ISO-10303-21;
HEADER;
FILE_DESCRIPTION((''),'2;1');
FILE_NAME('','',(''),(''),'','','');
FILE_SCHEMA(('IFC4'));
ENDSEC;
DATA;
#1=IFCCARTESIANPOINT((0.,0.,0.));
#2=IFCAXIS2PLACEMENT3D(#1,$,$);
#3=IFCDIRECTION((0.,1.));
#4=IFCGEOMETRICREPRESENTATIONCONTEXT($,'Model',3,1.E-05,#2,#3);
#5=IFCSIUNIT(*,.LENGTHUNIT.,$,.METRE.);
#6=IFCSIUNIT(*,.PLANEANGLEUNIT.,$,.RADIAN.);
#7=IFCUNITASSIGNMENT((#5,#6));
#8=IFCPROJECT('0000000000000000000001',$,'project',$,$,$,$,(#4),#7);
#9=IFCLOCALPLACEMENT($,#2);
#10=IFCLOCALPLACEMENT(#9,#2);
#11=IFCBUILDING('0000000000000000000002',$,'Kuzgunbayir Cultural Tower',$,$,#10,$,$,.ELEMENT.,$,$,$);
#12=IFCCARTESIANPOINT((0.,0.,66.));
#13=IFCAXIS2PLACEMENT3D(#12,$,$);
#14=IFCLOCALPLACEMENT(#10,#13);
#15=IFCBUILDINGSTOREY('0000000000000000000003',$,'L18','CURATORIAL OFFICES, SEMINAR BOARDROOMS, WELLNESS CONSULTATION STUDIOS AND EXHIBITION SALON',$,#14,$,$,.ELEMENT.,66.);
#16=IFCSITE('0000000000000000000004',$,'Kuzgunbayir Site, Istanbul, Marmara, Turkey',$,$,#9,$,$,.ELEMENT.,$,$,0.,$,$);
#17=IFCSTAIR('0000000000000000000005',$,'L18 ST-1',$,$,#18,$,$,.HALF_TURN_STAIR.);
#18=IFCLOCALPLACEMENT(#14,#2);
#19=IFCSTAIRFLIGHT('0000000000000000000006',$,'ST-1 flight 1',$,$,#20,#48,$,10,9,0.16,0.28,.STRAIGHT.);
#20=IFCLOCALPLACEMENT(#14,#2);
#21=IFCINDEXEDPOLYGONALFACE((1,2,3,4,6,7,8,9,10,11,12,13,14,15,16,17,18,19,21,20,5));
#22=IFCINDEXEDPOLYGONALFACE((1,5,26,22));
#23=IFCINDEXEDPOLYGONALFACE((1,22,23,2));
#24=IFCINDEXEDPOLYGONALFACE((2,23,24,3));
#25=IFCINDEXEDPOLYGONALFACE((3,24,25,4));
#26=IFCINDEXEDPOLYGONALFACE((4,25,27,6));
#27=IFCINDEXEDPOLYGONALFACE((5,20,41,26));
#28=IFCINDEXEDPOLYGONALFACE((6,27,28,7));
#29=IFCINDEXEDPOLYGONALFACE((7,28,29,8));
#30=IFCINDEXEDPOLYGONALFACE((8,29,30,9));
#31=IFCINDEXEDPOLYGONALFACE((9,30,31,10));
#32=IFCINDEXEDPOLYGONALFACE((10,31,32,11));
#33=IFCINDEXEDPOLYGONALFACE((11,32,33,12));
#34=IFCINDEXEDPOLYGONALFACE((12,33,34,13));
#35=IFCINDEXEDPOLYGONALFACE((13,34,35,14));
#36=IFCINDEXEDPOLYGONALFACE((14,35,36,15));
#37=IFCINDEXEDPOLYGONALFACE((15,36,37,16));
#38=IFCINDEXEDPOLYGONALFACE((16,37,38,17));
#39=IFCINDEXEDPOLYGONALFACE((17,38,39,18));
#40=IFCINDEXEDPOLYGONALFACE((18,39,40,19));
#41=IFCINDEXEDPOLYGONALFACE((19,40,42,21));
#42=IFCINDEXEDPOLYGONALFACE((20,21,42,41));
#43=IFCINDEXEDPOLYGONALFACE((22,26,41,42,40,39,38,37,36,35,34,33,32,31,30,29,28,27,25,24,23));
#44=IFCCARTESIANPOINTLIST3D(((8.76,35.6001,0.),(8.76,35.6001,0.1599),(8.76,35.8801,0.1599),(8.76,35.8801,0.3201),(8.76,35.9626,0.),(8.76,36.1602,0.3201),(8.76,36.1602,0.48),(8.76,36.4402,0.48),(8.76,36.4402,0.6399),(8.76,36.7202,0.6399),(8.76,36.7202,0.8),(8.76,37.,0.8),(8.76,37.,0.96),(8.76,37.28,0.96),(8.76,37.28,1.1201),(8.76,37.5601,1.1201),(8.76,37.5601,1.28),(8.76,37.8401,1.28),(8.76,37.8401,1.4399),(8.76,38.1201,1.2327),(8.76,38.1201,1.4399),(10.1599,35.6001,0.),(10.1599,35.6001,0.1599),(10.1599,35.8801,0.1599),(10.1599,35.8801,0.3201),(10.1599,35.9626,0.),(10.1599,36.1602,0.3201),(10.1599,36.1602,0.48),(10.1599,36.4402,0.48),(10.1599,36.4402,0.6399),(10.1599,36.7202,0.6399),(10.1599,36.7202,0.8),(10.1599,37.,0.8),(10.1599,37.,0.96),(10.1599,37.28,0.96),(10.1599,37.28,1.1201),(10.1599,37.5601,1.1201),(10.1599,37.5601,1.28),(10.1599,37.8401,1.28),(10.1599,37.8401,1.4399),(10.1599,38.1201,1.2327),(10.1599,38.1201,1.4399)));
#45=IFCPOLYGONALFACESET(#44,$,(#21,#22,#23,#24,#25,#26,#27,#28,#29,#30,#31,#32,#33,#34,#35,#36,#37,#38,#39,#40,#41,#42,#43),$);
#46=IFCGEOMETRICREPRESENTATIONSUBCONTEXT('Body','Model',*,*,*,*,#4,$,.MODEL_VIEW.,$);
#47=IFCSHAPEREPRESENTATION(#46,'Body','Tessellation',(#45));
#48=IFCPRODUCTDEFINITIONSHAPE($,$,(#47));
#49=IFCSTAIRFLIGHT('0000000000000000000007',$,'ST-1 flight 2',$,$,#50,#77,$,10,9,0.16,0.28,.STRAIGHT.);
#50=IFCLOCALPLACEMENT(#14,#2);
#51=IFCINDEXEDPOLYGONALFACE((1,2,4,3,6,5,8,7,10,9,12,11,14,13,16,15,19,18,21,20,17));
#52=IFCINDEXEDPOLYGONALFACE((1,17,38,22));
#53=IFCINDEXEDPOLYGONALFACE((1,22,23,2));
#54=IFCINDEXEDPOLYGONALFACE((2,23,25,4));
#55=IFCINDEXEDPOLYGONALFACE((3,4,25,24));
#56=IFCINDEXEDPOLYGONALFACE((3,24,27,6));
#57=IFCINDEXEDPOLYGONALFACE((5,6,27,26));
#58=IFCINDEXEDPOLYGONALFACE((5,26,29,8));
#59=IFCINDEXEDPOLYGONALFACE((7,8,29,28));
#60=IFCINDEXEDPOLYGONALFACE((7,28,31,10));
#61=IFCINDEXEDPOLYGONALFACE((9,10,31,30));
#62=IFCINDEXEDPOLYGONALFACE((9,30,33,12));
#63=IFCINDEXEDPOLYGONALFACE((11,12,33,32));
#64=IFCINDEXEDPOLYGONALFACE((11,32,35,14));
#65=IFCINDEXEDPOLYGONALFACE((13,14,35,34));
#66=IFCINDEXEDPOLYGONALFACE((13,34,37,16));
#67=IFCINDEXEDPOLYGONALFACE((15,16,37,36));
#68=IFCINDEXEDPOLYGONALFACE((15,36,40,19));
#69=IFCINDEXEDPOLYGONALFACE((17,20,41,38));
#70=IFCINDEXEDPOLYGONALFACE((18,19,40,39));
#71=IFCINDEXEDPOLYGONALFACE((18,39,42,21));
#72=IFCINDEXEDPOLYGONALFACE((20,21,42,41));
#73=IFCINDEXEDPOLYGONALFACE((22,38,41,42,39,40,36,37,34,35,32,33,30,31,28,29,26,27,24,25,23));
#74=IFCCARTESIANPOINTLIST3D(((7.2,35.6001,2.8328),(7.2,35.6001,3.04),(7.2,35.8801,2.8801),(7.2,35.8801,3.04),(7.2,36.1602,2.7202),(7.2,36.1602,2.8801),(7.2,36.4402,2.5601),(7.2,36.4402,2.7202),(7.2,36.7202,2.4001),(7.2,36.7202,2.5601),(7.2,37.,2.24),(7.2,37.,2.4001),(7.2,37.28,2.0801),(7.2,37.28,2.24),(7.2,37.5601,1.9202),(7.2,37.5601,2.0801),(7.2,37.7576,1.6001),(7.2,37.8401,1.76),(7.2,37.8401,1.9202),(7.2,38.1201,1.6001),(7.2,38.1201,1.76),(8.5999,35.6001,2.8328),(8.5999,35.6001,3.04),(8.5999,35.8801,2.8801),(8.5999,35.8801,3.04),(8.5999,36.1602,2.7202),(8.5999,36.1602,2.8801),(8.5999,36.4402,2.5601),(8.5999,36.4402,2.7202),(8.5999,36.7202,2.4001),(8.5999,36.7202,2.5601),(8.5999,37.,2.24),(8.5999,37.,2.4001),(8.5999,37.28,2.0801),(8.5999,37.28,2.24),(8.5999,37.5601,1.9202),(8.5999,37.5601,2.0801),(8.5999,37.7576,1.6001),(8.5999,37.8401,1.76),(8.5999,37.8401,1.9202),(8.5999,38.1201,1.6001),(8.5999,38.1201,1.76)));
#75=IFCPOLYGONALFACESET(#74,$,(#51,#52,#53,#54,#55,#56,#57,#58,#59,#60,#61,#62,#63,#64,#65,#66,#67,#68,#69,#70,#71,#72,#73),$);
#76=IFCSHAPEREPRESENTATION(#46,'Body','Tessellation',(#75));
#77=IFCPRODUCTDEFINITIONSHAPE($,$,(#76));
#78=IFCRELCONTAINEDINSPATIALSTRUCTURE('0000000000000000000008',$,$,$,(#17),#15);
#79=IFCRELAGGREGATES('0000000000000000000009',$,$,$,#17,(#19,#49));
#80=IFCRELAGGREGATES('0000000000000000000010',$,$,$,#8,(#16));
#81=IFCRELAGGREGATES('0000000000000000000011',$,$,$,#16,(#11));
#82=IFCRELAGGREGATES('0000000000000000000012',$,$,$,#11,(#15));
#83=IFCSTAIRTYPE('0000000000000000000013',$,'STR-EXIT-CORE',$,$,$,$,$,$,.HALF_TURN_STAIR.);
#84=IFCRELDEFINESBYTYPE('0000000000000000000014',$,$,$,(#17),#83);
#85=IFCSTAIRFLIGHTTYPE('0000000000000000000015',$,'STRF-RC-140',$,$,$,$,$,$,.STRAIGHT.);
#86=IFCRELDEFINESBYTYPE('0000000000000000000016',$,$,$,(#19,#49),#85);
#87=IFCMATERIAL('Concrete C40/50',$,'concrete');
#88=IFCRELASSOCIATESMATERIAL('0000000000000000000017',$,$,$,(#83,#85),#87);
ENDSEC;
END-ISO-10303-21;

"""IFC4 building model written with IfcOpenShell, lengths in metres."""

from ifc_helpers import new_model, si_unit, direction, frame, origin, place, context, subcontext, project, spatial, polyline, outline, extrude, material, type_object, element, aggregate, save


model = new_model("IFC4")

# Units and contexts
model_context = context("Model", 3, precision=1e-05, world=origin(), true_north=direction((0.0, 1.0)))
body_context = subcontext(model_context, "Body", "Model", "MODEL_VIEW")
ifc_project = project(units=[si_unit("LENGTHUNIT", "METRE"), si_unit("PLANEANGLEUNIT", "RADIAN")], contexts=[model_context])

# Site, building, storey
site_placement = place(None, origin())
site = spatial("IfcSite", under=ifc_project, at=site_placement, Name="Kuzgunbayir Site, Istanbul, Marmara, Turkey", CompositionType="ELEMENT", RefElevation=0.0)
building_placement = place(site_placement, origin())
building = spatial("IfcBuilding", under=site, at=building_placement, Name="Kuzgunbayir Cultural Tower", CompositionType="ELEMENT")
storey_placement = place(building_placement, frame((0.0, 0.0, 66.0)))
storey = spatial("IfcBuildingStorey", under=building, at=storey_placement, Name="L18", Description="CURATORIAL OFFICES, SEMINAR BOARDROOMS, WELLNESS CONSULTATION STUDIOS AND EXHIBITION SALON", CompositionType="ELEMENT", Elevation=66.0)

# Shared definitions
ifc_material_1 = material(Name="Concrete C40/50", Category="concrete")

# Stair, stair flights
stair_type = type_object("IfcStairType", Name="STR-EXIT-CORE", PredefinedType="HALF_TURN_STAIR", material=ifc_material_1)
stair_placement = place(storey_placement, origin())
stair = element("IfcStair", 1, at=stair_placement, inside=storey, type_object=stair_type, Name="L18 ST-1", PredefinedType="HALF_TURN_STAIR")
stair_flight_type = type_object("IfcStairFlightType", Name="STRF-RC-140", PredefinedType="STRAIGHT", material=ifc_material_1)
stair_flight_1_placement = place(storey_placement, frame((9.46, 35.6001, 0.0), z_axis=(0.0, 0.0, 1.0), x_axis=(0.0, 1.0, 0.0)))
stair_flight_1 = element("IfcStairFlight", 2, at=stair_flight_1_placement, type_object=stair_flight_type, Name="ST-1 flight 1", NumberOfRisers=10, NumberOfTreads=9, PredefinedType="STRAIGHT", RiserHeight=0.16, TreadLength=0.28, context=body_context, shape_type="SweptSolid", body=[
    extrude(outline(polyline([(0.0, 0.0), (0.0, 0.1599), (0.28, 0.1599), (0.28, 0.3201), (0.5601, 0.3201), (0.5601, 0.48), (0.8401, 0.48), (0.8401, 0.6399), (1.1201, 0.6399), (1.1201, 0.8), (1.3999, 0.8), (1.3999, 0.96), (1.6799, 0.96), (1.6799, 1.1201), (1.96, 1.1201), (1.96, 1.28), (2.24, 1.28), (2.24, 1.4399), (2.52, 1.4399), (2.52, 1.6001), (2.52, 1.2327), (0.3625, 0.0), (0.0, 0.0)])), frame((0.0, 0.7, 0.0), z_axis=(0.0, -1.0, 0.0), x_axis=(1.0, 0.0, 0.0)), (0.0, 0.0, 1.0), 1.3999),
])
stair_flight_2_placement = place(storey_placement, frame((7.8999, 38.1201, 1.6001), z_axis=(0.0, 0.0, 1.0), x_axis=(0.0, -1.0, 0.0)))
stair_flight_2 = element("IfcStairFlight", 3, at=stair_flight_2_placement, type_object=stair_flight_type, Name="ST-1 flight 2", NumberOfRisers=10, NumberOfTreads=9, PredefinedType="STRAIGHT", RiserHeight=0.16, TreadLength=0.28, context=body_context, shape_type="SweptSolid", body=[
    extrude(outline(polyline([(0.0, 0.0), (0.0, 0.1599), (0.28, 0.1599), (0.28, 0.3201), (0.5601, 0.3201), (0.5601, 0.48), (0.8401, 0.48), (0.8401, 0.6399), (1.1201, 0.6399), (1.1201, 0.8), (1.3999, 0.8), (1.3999, 0.96), (1.6799, 0.96), (1.6799, 1.1201), (1.96, 1.1201), (1.96, 1.28), (2.24, 1.28), (2.24, 1.4399), (2.52, 1.4399), (2.52, 1.6001), (2.52, 1.2327), (0.3625, 0.0), (0.0, 0.0)])), frame((0.0, 0.7, 0.0), z_axis=(0.0, -1.0, 0.0), x_axis=(1.0, 0.0, 0.0)), (0.0, 0.0, 1.0), 1.3999),
])
aggregate(stair, [stair_flight_1, stair_flight_2])

save(model, "model.ifc")
